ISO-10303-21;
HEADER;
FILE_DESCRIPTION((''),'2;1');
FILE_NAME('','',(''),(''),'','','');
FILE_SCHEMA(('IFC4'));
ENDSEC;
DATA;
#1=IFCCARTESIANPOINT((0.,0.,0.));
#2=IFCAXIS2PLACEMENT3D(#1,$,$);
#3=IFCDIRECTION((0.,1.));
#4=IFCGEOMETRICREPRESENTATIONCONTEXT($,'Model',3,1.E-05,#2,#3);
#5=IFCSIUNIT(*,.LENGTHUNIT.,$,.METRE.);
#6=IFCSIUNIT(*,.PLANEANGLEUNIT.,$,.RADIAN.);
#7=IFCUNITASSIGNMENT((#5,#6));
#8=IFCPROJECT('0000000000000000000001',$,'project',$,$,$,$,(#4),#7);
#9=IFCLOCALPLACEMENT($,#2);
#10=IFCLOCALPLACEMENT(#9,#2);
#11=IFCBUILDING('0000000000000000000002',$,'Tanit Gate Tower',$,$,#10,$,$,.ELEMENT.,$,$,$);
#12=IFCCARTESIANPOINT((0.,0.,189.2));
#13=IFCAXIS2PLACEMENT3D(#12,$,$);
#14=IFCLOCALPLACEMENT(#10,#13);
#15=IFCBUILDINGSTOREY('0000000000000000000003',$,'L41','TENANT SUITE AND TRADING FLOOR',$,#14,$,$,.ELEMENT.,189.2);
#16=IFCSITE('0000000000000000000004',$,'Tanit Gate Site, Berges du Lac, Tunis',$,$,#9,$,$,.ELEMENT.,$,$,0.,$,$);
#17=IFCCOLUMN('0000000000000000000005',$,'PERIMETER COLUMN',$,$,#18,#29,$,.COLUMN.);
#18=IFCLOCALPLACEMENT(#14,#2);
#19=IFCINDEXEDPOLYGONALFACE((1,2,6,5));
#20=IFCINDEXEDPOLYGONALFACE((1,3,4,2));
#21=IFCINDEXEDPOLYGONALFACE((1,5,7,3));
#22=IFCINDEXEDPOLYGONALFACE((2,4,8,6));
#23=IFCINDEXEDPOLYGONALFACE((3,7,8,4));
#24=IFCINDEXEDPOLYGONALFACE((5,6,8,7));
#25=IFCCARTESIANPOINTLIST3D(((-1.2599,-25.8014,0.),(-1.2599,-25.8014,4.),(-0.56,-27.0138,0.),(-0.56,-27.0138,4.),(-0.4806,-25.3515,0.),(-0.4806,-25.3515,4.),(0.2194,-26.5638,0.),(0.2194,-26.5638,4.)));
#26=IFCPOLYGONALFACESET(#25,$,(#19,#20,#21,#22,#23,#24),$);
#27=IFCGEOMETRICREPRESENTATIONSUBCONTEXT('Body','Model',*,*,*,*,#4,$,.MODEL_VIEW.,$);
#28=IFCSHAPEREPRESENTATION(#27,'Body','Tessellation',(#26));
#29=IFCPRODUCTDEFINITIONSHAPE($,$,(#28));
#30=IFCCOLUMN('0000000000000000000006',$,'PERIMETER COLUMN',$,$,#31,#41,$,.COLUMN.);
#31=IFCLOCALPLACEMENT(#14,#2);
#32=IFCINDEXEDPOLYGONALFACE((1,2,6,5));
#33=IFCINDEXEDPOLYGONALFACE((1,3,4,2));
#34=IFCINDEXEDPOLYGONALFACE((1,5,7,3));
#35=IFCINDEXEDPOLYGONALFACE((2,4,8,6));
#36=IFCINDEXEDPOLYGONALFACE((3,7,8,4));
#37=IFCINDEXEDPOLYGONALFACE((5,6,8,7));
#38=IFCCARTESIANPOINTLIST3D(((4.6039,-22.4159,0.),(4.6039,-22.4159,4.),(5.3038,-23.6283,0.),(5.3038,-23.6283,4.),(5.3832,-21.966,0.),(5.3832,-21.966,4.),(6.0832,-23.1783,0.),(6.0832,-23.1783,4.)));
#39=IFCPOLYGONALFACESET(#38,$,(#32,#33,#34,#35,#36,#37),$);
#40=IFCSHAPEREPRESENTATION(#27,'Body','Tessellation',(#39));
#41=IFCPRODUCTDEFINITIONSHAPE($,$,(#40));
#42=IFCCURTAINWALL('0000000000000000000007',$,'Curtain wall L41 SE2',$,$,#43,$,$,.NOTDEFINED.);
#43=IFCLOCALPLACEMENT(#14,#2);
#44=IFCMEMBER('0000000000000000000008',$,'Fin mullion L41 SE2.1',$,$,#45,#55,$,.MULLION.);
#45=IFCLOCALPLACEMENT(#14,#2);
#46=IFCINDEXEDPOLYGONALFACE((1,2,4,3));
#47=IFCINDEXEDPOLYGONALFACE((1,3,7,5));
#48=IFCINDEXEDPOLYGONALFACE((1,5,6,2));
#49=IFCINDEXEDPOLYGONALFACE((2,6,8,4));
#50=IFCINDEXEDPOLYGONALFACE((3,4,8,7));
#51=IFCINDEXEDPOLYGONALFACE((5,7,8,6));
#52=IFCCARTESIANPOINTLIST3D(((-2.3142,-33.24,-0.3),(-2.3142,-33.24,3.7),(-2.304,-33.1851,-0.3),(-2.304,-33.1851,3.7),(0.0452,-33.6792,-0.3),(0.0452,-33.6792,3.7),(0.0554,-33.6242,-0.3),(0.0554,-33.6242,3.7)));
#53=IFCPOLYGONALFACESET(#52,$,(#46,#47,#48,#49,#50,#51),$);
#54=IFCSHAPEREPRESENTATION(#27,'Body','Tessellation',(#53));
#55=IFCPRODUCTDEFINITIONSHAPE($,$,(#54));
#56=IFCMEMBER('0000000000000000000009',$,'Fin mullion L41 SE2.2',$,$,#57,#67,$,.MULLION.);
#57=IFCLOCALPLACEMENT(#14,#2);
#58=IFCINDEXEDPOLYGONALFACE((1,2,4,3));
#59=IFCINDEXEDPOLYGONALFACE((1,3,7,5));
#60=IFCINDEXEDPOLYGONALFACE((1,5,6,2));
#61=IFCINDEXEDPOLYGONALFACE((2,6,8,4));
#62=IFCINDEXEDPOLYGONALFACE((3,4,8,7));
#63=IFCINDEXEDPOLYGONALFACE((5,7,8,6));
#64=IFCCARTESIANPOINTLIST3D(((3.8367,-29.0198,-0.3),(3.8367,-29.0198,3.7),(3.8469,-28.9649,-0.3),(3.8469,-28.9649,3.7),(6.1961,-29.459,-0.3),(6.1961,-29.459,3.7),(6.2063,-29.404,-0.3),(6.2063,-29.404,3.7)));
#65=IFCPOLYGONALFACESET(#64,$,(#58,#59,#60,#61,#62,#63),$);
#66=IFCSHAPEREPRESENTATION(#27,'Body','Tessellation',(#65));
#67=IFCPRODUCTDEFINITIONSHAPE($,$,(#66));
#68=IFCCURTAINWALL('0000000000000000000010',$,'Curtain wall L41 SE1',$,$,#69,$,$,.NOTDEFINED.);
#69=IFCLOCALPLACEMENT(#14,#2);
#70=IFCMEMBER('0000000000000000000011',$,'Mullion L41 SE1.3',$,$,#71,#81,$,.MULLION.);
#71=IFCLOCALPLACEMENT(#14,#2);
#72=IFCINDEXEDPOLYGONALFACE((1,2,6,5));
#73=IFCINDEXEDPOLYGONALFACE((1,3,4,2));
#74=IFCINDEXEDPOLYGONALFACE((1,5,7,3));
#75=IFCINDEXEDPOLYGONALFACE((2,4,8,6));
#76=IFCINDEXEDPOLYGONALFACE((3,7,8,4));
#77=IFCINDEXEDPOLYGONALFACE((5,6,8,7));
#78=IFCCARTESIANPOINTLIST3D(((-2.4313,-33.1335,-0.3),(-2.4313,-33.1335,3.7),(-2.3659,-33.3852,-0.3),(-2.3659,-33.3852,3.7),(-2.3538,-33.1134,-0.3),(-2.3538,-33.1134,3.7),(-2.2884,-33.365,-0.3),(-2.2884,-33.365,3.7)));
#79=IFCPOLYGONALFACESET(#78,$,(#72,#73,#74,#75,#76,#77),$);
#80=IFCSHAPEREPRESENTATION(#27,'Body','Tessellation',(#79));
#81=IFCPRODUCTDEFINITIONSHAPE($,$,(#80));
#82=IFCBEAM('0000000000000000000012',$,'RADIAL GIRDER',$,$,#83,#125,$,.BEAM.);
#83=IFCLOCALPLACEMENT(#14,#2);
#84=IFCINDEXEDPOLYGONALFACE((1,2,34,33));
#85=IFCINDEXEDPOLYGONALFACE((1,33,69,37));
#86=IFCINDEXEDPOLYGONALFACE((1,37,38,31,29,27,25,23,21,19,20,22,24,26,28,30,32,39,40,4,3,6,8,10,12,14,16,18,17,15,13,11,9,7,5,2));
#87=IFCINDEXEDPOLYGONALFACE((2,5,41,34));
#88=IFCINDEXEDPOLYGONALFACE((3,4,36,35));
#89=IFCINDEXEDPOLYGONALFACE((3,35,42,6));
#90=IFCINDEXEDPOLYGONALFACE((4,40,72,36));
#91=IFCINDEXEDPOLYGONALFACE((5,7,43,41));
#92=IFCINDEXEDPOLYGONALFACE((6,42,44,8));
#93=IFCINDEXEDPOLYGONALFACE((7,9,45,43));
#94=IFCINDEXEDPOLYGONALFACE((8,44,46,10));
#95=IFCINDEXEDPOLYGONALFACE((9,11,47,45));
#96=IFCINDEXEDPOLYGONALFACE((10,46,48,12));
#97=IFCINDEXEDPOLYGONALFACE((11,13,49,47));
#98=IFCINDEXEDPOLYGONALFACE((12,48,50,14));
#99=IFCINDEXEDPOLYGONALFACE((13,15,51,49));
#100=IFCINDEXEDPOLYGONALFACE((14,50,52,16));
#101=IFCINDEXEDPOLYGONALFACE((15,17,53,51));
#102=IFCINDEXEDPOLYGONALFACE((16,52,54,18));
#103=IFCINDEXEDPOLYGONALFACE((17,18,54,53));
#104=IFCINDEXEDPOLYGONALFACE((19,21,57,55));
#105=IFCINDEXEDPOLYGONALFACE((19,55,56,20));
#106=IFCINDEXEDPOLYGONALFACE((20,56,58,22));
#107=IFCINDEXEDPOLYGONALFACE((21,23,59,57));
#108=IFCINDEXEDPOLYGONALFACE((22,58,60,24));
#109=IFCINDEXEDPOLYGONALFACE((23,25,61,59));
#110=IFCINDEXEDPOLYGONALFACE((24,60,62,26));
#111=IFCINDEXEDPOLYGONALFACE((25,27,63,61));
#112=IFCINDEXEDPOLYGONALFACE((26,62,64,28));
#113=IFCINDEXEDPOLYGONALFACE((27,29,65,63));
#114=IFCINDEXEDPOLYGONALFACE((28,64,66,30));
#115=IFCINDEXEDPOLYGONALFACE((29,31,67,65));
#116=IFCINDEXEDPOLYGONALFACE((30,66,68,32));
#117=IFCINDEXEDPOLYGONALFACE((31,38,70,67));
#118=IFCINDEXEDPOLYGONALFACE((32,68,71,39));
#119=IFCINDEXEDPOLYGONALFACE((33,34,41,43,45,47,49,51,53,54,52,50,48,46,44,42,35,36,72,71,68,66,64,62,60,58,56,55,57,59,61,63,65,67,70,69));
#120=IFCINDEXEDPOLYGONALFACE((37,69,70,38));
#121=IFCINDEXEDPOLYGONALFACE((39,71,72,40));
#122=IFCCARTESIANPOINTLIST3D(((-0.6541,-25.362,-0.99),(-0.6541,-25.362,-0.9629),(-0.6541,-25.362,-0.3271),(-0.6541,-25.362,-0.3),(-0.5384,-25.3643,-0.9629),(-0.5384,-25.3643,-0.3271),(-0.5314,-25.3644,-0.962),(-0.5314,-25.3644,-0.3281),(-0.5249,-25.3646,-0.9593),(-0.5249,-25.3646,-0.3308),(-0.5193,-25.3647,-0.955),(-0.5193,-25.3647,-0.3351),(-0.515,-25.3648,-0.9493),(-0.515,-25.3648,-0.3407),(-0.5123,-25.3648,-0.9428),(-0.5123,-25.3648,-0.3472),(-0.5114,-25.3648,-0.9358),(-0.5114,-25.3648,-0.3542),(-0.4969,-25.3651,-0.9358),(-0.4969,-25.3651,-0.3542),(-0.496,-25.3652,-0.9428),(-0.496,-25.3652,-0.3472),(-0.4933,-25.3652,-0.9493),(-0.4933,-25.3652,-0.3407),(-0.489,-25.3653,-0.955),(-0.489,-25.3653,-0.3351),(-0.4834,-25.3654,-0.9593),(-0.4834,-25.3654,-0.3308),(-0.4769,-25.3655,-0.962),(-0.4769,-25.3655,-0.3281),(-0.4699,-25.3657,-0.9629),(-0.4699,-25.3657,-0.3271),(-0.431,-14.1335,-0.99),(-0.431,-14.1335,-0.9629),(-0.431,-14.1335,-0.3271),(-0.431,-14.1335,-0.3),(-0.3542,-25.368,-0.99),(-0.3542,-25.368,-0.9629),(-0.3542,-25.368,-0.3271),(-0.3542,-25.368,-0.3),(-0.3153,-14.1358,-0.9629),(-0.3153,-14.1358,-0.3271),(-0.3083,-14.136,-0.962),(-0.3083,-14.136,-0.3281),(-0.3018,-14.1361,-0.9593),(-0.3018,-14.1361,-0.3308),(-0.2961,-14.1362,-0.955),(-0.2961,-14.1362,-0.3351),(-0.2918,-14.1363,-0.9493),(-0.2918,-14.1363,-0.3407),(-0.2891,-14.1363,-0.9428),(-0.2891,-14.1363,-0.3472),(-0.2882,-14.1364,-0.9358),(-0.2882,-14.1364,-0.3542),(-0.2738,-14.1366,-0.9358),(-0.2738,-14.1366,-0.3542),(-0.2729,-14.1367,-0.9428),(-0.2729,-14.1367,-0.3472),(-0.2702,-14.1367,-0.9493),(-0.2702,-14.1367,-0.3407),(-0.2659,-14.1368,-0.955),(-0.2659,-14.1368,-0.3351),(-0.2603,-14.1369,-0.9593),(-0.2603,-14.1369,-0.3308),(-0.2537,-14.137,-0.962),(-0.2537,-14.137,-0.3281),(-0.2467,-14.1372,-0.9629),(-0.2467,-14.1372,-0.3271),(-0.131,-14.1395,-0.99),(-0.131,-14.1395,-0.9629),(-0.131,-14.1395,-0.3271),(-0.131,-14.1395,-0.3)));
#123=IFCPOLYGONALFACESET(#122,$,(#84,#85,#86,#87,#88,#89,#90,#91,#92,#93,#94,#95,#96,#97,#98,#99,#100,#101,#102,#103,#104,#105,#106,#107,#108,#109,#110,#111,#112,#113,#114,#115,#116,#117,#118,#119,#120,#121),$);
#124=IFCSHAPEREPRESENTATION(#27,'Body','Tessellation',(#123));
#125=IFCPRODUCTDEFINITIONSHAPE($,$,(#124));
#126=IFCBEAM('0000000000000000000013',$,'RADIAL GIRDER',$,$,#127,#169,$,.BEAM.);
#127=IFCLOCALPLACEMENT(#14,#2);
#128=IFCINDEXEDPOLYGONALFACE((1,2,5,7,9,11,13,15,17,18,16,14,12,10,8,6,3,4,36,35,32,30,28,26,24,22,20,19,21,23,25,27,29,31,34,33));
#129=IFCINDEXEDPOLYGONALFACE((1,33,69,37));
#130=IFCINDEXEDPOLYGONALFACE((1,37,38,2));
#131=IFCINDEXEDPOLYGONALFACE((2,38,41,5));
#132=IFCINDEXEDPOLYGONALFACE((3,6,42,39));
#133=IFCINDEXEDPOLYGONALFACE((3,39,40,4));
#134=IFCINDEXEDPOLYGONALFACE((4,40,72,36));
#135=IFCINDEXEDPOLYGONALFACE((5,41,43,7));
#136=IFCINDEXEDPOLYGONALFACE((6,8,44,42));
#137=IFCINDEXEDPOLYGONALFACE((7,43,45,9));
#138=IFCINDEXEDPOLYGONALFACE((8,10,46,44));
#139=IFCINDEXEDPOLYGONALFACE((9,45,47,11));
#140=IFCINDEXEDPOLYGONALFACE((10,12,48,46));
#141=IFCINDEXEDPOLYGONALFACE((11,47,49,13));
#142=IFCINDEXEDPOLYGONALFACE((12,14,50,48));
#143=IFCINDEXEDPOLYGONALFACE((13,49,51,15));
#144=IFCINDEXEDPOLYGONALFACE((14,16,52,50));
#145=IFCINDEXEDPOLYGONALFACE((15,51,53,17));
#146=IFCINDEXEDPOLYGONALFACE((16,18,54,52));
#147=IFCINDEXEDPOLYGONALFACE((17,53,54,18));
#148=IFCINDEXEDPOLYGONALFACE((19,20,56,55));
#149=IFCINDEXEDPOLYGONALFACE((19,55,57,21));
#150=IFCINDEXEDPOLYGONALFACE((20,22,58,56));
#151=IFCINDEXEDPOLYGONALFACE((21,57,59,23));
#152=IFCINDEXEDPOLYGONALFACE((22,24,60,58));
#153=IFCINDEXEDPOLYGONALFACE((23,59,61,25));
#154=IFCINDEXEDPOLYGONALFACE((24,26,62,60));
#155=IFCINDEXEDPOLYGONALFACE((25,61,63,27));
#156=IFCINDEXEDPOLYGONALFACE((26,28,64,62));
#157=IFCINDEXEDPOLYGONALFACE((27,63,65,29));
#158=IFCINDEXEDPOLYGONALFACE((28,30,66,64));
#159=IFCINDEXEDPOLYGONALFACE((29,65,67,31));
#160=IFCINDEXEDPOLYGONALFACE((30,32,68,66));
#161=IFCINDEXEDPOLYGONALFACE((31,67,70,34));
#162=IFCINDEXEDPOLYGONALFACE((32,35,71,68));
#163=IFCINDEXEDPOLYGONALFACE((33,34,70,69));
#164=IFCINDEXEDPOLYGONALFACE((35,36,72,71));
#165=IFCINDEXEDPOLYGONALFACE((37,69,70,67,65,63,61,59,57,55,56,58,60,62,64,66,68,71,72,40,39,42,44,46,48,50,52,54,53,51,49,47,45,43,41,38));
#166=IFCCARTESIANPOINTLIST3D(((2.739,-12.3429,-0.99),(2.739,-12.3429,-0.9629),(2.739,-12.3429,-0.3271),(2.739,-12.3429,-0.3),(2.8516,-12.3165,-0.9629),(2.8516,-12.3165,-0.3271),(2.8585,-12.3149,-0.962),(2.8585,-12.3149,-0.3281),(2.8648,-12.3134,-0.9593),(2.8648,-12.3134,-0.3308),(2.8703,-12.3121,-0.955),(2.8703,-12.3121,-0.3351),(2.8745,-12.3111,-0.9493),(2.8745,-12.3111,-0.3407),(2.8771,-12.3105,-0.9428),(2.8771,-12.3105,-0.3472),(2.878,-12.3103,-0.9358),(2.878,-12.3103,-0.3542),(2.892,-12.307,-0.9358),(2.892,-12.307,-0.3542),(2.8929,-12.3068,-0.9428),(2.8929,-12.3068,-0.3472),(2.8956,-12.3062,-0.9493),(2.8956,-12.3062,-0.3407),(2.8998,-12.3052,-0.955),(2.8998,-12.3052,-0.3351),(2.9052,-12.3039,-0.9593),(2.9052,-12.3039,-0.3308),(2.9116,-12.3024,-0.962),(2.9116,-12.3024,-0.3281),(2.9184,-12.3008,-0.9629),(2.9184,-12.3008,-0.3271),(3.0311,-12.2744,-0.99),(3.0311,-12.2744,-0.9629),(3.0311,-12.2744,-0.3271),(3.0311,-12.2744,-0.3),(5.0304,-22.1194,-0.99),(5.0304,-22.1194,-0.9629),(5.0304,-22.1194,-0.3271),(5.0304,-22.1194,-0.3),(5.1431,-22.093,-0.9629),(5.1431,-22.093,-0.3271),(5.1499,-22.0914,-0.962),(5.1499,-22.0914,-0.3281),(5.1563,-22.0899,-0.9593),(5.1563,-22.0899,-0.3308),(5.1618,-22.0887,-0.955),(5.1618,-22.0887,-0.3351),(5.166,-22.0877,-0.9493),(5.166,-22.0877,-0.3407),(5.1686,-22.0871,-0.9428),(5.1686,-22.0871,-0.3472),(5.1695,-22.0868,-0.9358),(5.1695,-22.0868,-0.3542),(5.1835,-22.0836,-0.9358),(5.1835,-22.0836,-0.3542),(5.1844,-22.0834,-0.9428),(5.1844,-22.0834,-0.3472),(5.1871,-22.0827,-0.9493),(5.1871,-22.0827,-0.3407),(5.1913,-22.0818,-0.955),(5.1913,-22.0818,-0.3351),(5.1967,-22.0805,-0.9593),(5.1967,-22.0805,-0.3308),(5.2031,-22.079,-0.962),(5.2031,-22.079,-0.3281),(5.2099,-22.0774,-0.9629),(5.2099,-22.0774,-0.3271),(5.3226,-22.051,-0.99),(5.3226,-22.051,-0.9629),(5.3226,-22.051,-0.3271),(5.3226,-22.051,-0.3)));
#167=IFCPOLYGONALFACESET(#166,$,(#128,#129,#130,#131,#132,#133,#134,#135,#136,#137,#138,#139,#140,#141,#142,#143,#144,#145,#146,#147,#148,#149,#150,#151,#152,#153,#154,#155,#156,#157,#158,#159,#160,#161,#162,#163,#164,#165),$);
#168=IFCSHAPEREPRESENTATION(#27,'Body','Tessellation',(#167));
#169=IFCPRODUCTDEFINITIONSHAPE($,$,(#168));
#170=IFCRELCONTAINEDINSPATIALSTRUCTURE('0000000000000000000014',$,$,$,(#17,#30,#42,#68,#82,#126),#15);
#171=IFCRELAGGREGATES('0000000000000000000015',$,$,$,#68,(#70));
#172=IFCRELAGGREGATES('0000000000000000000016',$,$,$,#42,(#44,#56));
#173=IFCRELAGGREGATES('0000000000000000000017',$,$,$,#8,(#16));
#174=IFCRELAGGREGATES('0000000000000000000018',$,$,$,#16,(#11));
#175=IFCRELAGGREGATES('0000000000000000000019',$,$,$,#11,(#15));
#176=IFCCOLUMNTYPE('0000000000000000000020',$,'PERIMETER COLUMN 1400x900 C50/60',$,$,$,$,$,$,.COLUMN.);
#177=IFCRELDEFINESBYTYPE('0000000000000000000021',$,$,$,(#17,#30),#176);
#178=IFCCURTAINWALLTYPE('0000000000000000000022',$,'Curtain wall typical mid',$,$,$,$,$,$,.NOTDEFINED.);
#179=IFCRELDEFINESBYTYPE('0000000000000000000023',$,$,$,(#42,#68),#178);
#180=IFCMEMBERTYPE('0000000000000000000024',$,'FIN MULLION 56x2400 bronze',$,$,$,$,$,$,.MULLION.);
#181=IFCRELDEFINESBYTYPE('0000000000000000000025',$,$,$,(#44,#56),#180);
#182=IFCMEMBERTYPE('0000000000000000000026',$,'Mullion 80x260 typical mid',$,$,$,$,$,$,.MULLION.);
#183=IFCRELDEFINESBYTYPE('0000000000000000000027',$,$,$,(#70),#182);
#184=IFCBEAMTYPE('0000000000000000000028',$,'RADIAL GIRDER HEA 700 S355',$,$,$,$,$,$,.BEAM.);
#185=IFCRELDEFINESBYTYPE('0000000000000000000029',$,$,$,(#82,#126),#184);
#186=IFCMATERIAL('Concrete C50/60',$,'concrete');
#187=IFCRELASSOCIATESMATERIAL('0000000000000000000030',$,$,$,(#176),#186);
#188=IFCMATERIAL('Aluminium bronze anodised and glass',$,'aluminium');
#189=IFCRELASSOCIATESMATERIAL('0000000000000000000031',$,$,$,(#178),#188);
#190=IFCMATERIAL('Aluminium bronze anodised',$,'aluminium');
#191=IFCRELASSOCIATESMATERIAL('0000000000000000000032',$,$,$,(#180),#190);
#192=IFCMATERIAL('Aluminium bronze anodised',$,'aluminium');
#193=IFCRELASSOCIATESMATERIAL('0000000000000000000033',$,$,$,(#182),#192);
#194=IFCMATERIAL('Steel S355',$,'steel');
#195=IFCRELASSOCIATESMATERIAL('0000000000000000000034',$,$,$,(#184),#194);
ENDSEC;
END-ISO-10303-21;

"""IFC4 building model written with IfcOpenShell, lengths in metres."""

from ifc_helpers import new_model, si_unit, direction, frame, origin, origin_2d, place, context, subcontext, project, spatial, rectangle, i_section, extrude, material, material_profile, profile_set, type_object, element, aggregate, save


model = new_model("IFC4")

# Units and contexts
model_context = context("Model", 3, precision=1e-05, world=origin(), true_north=direction((0.0, 1.0)))
body_context = subcontext(model_context, "Body", "Model", "MODEL_VIEW")
ifc_project = project(units=[si_unit("LENGTHUNIT", "METRE"), si_unit("PLANEANGLEUNIT", "RADIAN")], contexts=[model_context])

# Site, building, storey
site_placement = place(None, origin())
site = spatial("IfcSite", under=ifc_project, at=site_placement, Name="Tanit Gate Site, Berges du Lac, Tunis", CompositionType="ELEMENT", RefElevation=0.0)
building_placement = place(site_placement, origin())
building = spatial("IfcBuilding", under=site, at=building_placement, Name="Tanit Gate Tower", CompositionType="ELEMENT")
storey_placement = place(building_placement, frame((0.0, 0.0, 189.2)))
storey = spatial("IfcBuildingStorey", under=building, at=storey_placement, Name="L41", Description="TENANT SUITE AND TRADING FLOOR", CompositionType="ELEMENT", Elevation=189.2)

# Columns
ifc_material_1 = material(Name="Concrete C50/60", Category="concrete")
ifc_material_profile_1 = material_profile(ifc_material_1, rectangle(XDim=1.3999, YDim=0.8999, at=origin_2d()), Name="RC 1400x900")
ifc_profile_set_1 = profile_set([ifc_material_profile_1], Name="Concrete C50/60")
column_type = type_object("IfcColumnType", Name="PERIMETER COLUMN 1400x900 C50/60", PredefinedType="COLUMN", material=ifc_profile_set_1)
for number, where, z_axis, x_axis, name in (
    (1, (-0.5203, -26.1826, 0.0), (0.0, 0.0, 1.0), (0.5, -0.866025, 0.0), "PERIMETER COLUMN"),
    (2, (5.3435, -22.7971, 0.0), (0.0, 0.0, 1.0), (0.5, -0.866025, 0.0), "PERIMETER COLUMN"),
):
    element("IfcColumn", number, at=place(storey_placement, frame(where, z_axis=z_axis, x_axis=x_axis)), inside=storey, type_object=column_type, Name=name, PredefinedType="COLUMN", context=body_context, shape_type="SweptSolid", body=[
        extrude(rectangle(XDim=1.3999, YDim=0.8999, at=origin_2d()), origin(), (0.0, 0.0, 1.0), 4.0),
    ])

# Curtain wall, members
ifc_material_2 = material(Name="Aluminium bronze anodised and glass", Category="aluminium")
curtain_wall_type = type_object("IfcCurtainWallType", Name="Curtain wall typical mid", PredefinedType="NOTDEFINED", material=ifc_material_2)
curtain_wall_1_placement = place(storey_placement, origin())
curtain_wall_1 = element("IfcCurtainWall", 3, at=curtain_wall_1_placement, inside=storey, type_object=curtain_wall_type, Name="Curtain wall L41 SE2", PredefinedType="NOTDEFINED")
ifc_material_3 = material(Name="Aluminium bronze anodised", Category="aluminium")
ifc_material_profile_2 = material_profile(ifc_material_3, rectangle(XDim=2.3999, YDim=0.0559, at=origin_2d()), Name="56x2400 bronze fin mullion")
ifc_profile_set_2 = profile_set([ifc_material_profile_2], Name="Aluminium bronze anodised")
member_type_1 = type_object("IfcMemberType", Name="FIN MULLION 56x2400 bronze", PredefinedType="MULLION", material=ifc_profile_set_2)
member_1_placement = place(storey_placement, frame((-1.1294, -33.4321, -0.3), z_axis=(0.0, 0.0, 1.0), x_axis=(-0.983116, 0.182983, 0.0)))
member_1 = element("IfcMember", 4, at=member_1_placement, type_object=member_type_1, Name="Fin mullion L41 SE2.1", PredefinedType="MULLION", context=body_context, shape_type="SweptSolid", body=[
    extrude(rectangle(XDim=2.3999, YDim=0.0559, at=origin_2d()), origin(), (0.0, 0.0, 1.0), 4.0),
])
member_2_placement = place(storey_placement, frame((5.0215, -29.2119, -0.3), z_axis=(0.0, 0.0, 1.0), x_axis=(-0.983116, 0.182983, 0.0)))
member_2 = element("IfcMember", 5, at=member_2_placement, type_object=member_type_1, Name="Fin mullion L41 SE2.2", PredefinedType="MULLION", context=body_context, shape_type="SweptSolid", body=[
    extrude(rectangle(XDim=2.3999, YDim=0.0559, at=origin_2d()), origin(), (0.0, 0.0, 1.0), 4.0),
])

# Curtain wall, member
curtain_wall_2_placement = place(storey_placement, origin())
curtain_wall_2 = element("IfcCurtainWall", 6, at=curtain_wall_2_placement, inside=storey, type_object=curtain_wall_type, Name="Curtain wall L41 SE1", PredefinedType="NOTDEFINED")
ifc_material_4 = material(Name="Aluminium bronze anodised", Category="aluminium")
ifc_material_profile_3 = material_profile(ifc_material_4, rectangle(XDim=0.26, YDim=0.0801, at=origin_2d()), Name="80x260 bronze mullion")
ifc_profile_set_3 = profile_set([ifc_material_profile_3], Name="Aluminium bronze anodised")
member_type_2 = type_object("IfcMemberType", Name="Mullion 80x260 typical mid", PredefinedType="MULLION", material=ifc_profile_set_3)
member_3_placement = place(storey_placement, frame((-2.3599, -33.2493, -0.3), z_axis=(0.0, 0.0, 1.0), x_axis=(-0.251432, 0.967875, 0.0)))
member_3 = element("IfcMember", 7, at=member_3_placement, type_object=member_type_2, Name="Mullion L41 SE1.3", PredefinedType="MULLION", context=body_context, shape_type="SweptSolid", body=[
    extrude(rectangle(XDim=0.26, YDim=0.0801, at=origin_2d()), origin(), (0.0, 0.0, 1.0), 4.0),
])
aggregate(curtain_wall_2, [member_3])

# Beams
ifc_material_5 = material(Name="Steel S355", Category="steel")
ifc_material_profile_4 = material_profile(ifc_material_5, i_section(OverallWidth=0.3, OverallDepth=0.6899, WebThickness=0.0144, FlangeThickness=0.0271, FilletRadius=0.0271, at=origin_2d()), Name="HEA 700")
ifc_profile_set_4 = profile_set([ifc_material_profile_4], Name="Steel S355")
beam_type_1 = type_object("IfcBeamType", Name="RADIAL GIRDER HEA 700 S355", PredefinedType="BEAM", material=ifc_profile_set_4)
beam_1_placement = place(storey_placement, frame((-0.5042, -25.365, -0.645), z_axis=(0.019869, 0.999803, 0.0), x_axis=(-0.999803, 0.019869, 0.0)))
element("IfcBeam", 8, at=beam_1_placement, inside=storey, type_object=beam_type_1, Name="RADIAL GIRDER", PredefinedType="BEAM", context=body_context, shape_type="SweptSolid", body=[
    extrude(i_section(OverallWidth=0.3, OverallDepth=0.6899, WebThickness=0.0144, FlangeThickness=0.0271, FilletRadius=0.0271, at=origin_2d()), origin(), (0.0, 0.0, 1.0), 11.2307),
])
beam_2_placement = place(storey_placement, frame((5.1765, -22.0852, -0.645), z_axis=(-0.228202, 0.973614, 0.0), x_axis=(-0.973614, -0.228202, 0.0)))
element("IfcBeam", 9, at=beam_2_placement, inside=storey, type_object=beam_type_1, Name="RADIAL GIRDER", PredefinedType="BEAM", context=body_context, shape_type="SweptSolid", body=[
    extrude(i_section(OverallWidth=0.3, OverallDepth=0.6899, WebThickness=0.0144, FlangeThickness=0.0271, FilletRadius=0.0271, at=origin_2d()), origin(), (0.0, 0.0, 1.0), 10.0415),
])

aggregate(curtain_wall_1, [member_1, member_2])

save(model, "model.ifc")
